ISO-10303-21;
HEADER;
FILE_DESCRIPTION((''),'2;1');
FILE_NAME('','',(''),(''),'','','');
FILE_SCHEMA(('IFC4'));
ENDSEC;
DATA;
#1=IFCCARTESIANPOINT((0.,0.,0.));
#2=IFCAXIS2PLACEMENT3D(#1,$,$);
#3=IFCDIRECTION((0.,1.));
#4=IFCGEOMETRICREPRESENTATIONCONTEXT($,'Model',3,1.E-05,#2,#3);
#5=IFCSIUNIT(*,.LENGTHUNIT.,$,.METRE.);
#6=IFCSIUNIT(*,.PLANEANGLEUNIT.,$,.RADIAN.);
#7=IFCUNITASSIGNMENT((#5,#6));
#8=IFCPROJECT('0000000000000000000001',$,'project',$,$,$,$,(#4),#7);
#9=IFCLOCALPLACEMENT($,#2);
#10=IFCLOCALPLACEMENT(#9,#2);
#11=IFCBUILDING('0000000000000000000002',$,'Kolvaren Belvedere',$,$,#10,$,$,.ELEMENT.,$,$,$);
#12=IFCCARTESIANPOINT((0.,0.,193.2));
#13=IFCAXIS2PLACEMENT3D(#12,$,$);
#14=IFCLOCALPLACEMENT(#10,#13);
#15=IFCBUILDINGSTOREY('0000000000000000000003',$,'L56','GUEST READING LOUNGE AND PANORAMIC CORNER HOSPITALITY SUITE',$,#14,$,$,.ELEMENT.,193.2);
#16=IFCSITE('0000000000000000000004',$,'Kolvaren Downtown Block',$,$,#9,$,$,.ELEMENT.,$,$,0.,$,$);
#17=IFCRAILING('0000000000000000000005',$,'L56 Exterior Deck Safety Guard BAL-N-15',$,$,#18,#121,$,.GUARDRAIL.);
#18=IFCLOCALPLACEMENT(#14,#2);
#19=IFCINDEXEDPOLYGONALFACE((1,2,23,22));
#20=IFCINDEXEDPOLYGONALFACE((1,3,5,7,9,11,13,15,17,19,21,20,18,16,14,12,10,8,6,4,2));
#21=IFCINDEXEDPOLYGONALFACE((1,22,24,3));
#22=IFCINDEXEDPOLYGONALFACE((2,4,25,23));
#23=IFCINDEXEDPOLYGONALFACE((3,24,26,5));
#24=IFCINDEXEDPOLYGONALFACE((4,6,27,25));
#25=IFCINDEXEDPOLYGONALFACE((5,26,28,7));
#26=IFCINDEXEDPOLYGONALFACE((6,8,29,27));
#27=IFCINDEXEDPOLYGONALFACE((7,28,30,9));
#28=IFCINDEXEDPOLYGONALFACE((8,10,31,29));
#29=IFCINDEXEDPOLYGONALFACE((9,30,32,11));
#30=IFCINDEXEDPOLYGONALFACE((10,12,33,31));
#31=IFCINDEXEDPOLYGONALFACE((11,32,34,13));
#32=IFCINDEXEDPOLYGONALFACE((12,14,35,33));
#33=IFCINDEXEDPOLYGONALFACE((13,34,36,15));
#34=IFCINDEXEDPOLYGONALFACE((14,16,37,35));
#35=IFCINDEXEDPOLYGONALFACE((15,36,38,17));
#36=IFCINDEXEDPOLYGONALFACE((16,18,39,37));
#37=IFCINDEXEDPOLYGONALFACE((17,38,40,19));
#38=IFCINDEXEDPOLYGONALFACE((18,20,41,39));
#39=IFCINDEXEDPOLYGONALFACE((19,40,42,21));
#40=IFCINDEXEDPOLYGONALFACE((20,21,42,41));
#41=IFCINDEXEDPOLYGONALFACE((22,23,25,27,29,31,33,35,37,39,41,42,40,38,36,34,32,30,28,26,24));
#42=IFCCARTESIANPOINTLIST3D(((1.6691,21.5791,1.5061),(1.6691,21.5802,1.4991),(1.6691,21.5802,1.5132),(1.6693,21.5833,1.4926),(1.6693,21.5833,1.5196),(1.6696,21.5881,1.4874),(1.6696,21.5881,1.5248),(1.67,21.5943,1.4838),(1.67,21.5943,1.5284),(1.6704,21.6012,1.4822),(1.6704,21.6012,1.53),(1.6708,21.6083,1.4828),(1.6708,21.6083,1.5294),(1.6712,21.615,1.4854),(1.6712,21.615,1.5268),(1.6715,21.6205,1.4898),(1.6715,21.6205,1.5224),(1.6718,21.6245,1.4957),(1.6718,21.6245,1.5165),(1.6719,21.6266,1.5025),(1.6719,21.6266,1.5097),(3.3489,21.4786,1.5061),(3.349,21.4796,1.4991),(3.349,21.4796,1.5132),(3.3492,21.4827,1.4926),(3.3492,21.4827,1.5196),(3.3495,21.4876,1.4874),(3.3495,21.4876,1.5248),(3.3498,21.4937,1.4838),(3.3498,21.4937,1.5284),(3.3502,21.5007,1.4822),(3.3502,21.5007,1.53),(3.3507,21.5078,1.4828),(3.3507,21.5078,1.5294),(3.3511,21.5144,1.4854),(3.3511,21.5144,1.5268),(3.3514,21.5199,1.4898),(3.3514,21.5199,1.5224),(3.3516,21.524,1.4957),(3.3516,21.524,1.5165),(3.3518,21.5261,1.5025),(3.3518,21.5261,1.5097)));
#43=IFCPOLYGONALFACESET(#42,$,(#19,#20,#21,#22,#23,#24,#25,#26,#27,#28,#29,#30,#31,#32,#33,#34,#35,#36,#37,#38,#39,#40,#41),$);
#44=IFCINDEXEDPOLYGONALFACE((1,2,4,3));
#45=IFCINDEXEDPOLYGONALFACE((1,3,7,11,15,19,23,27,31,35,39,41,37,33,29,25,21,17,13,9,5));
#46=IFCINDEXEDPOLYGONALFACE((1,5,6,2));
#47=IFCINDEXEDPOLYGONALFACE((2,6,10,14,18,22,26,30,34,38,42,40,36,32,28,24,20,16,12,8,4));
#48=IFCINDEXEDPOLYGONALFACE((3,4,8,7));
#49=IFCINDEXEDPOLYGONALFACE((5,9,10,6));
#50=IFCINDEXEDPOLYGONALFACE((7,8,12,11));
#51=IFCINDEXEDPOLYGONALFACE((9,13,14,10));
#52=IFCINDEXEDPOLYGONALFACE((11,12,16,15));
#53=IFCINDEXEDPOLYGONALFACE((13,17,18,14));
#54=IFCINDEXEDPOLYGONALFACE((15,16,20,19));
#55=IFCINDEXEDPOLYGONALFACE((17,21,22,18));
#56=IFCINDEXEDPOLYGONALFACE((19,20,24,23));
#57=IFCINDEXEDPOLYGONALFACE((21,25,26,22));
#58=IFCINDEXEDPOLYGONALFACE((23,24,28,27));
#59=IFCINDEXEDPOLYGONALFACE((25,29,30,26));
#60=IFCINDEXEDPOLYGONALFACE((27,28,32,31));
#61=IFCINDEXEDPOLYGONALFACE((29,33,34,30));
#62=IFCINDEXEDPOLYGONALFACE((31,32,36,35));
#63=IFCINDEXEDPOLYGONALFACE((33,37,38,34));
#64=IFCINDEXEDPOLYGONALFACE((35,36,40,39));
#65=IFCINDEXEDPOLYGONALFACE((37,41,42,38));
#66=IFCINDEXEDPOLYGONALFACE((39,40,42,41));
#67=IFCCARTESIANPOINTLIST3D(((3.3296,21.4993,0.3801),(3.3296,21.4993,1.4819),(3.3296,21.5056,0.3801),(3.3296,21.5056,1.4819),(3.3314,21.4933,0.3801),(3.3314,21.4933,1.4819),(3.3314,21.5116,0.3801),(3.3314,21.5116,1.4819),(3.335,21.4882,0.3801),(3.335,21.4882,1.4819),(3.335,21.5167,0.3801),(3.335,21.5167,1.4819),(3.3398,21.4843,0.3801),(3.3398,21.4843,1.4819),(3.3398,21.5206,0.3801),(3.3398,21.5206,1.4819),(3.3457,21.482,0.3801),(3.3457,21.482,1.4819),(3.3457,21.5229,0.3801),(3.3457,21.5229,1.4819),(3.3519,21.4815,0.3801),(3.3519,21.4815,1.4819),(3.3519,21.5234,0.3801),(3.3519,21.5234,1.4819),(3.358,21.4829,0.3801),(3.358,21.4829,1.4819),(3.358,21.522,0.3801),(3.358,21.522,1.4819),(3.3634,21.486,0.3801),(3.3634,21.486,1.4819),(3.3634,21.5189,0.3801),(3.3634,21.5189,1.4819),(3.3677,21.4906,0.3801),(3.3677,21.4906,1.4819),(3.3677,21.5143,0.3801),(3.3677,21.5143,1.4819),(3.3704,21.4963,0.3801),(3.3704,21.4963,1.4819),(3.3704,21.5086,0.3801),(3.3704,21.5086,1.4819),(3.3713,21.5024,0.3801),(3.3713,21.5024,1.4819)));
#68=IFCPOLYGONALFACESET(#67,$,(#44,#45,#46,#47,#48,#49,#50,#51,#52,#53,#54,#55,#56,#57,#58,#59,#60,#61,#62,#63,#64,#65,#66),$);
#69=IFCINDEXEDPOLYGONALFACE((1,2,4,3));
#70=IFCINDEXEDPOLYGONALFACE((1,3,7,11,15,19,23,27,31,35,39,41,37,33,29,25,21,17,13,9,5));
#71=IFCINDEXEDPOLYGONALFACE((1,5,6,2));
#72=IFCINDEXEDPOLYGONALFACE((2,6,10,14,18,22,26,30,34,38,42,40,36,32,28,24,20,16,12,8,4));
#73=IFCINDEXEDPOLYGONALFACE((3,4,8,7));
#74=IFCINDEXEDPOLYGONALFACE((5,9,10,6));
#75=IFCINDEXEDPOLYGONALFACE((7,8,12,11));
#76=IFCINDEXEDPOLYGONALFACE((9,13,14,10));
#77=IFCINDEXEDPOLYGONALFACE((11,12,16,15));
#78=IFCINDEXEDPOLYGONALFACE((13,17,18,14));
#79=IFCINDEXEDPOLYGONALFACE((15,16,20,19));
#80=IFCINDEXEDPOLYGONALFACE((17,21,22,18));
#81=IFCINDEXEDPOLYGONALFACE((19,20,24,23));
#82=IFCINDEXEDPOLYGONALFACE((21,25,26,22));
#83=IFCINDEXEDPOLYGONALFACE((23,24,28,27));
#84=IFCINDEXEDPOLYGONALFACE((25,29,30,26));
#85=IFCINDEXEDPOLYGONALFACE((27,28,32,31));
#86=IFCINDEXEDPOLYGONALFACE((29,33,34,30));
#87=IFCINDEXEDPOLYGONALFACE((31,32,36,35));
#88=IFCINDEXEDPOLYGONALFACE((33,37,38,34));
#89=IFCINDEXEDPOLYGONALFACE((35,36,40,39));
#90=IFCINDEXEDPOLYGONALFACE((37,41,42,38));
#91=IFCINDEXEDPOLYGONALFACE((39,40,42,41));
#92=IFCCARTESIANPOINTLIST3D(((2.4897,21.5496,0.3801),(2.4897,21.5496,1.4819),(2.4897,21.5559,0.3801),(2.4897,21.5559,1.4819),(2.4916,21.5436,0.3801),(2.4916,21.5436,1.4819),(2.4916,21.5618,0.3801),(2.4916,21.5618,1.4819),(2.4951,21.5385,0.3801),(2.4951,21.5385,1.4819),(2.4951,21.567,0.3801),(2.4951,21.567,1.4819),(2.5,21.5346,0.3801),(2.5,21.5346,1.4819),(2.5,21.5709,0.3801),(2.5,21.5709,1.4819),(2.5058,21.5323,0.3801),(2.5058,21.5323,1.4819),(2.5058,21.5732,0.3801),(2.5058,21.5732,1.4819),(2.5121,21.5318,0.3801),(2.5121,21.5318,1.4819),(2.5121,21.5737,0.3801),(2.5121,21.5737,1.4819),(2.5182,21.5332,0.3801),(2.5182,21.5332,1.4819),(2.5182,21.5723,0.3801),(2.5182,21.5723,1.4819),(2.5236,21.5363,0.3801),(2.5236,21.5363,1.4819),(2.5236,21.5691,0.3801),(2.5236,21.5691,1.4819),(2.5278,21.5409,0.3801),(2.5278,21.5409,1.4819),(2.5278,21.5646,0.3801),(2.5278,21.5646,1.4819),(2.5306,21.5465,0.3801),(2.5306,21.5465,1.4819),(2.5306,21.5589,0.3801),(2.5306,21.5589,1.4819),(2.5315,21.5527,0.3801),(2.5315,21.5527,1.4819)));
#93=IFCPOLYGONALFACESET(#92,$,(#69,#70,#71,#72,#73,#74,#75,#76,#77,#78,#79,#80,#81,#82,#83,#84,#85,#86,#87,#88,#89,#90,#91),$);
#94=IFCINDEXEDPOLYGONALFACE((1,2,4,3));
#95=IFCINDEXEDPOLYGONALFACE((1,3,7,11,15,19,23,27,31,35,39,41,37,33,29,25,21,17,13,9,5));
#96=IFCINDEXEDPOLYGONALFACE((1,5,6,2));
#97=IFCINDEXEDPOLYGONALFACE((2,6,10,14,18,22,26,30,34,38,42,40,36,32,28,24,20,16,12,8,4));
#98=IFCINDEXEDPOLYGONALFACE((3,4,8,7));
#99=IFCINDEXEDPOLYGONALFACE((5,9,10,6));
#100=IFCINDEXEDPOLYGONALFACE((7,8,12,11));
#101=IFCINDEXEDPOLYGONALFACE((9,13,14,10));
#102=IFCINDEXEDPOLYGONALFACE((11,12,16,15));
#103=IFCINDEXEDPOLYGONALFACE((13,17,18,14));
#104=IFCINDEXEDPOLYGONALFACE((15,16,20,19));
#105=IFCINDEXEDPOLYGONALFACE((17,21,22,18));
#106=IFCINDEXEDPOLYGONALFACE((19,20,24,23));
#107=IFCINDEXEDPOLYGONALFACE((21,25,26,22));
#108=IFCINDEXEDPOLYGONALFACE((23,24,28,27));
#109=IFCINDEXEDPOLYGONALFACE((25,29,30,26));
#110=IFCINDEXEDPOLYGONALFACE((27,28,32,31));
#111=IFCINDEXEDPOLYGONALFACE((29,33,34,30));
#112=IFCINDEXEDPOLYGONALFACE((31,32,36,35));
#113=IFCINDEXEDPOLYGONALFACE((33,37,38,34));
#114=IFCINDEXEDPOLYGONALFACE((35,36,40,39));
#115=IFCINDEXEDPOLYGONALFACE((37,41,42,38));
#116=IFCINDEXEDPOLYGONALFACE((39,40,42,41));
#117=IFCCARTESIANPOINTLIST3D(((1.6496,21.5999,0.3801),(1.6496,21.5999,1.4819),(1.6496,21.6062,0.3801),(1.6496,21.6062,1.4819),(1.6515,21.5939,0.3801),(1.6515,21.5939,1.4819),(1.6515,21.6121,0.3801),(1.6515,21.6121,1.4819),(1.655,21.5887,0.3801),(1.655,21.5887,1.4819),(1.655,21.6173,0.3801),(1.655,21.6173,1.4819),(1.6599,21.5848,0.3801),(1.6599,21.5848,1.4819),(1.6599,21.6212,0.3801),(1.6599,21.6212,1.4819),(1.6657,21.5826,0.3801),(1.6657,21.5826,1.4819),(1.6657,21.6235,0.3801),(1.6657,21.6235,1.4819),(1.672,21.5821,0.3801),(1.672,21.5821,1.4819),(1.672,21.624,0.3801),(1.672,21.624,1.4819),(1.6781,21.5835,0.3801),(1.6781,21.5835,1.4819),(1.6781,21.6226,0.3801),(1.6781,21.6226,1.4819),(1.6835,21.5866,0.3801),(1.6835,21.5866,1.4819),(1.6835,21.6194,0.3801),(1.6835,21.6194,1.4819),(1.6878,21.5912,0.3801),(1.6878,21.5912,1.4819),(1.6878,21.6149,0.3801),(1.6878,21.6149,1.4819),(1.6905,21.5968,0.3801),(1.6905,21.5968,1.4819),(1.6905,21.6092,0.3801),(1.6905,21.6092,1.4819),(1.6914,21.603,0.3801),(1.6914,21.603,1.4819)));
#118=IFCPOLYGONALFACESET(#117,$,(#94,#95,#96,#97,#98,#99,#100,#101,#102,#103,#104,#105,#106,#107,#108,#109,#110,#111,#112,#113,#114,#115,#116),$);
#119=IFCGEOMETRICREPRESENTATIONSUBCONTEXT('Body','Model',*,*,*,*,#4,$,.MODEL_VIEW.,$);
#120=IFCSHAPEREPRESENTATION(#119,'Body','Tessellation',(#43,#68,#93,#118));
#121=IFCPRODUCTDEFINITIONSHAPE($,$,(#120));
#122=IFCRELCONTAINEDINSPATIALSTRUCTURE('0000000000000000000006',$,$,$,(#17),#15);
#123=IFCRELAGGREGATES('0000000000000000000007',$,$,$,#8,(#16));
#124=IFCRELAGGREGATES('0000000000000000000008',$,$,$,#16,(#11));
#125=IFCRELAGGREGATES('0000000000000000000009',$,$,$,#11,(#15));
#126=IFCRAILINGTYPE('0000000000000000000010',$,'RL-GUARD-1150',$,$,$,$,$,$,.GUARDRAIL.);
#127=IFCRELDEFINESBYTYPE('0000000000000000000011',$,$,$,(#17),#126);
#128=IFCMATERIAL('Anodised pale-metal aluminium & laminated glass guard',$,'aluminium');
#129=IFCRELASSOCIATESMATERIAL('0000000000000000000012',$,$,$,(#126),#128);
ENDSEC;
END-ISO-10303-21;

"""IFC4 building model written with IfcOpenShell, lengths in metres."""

from ifc_helpers import new_model, si_unit, direction, frame, origin, origin_2d, place, context, subcontext, project, spatial, circle, extrude, material, type_object, element, save


model = new_model("IFC4")

# Units and contexts
model_context = context("Model", 3, precision=1e-05, world=origin(), true_north=direction((0.0, 1.0)))
body_context = subcontext(model_context, "Body", "Model", "MODEL_VIEW")
ifc_project = project(units=[si_unit("LENGTHUNIT", "METRE"), si_unit("PLANEANGLEUNIT", "RADIAN")], contexts=[model_context])

# Site, building, storey
site_placement = place(None, origin())
site = spatial("IfcSite", under=ifc_project, at=site_placement, Name="Kolvaren Downtown Block", CompositionType="ELEMENT", RefElevation=0.0)
building_placement = place(site_placement, origin())
building = spatial("IfcBuilding", under=site, at=building_placement, Name="Kolvaren Belvedere", CompositionType="ELEMENT")
storey_placement = place(building_placement, frame((0.0, 0.0, 193.2)))
storey = spatial("IfcBuildingStorey", under=building, at=storey_placement, Name="L56", Description="GUEST READING LOUNGE AND PANORAMIC CORNER HOSPITALITY SUITE", CompositionType="ELEMENT", Elevation=193.2)

# Railing
ifc_material_1 = material(Name="Anodised pale-metal aluminium & laminated glass guard", Category="aluminium")
railing_type = type_object("IfcRailingType", Name="RL-GUARD-1150", PredefinedType="GUARDRAIL", material=ifc_material_1)
railing_1_placement = place(storey_placement, frame((3.3503, 21.5024, 0.3801)))
element("IfcRailing", 1, at=railing_1_placement, inside=storey, type_object=railing_type, Name="L56 Exterior Deck Safety Guard BAL-N-15", PredefinedType="GUARDRAIL", context=body_context, shape_type="SweptSolid", body=[
    extrude(circle(Radius=0.0239, at=origin_2d()), frame((0.0, 0.0, 1.126), z_axis=(-0.998212, 0.059768, 0.0), x_axis=(-0.059768, -0.998212, 0.0)), (0.0, 0.0, 1.0), 1.6829),
    extrude(circle(Radius=0.021, at=origin_2d()), origin(), (0.0, 0.0, 1.0), 1.1018),
    extrude(circle(Radius=0.021, at=origin_2d()), frame((-0.8398, 0.0503, 0.0)), (0.0, 0.0, 1.0), 1.1018),
    extrude(circle(Radius=0.021, at=origin_2d()), frame((-1.6799, 0.1006, 0.0)), (0.0, 0.0, 1.0), 1.1018),
])

save(model, "model.ifc")
